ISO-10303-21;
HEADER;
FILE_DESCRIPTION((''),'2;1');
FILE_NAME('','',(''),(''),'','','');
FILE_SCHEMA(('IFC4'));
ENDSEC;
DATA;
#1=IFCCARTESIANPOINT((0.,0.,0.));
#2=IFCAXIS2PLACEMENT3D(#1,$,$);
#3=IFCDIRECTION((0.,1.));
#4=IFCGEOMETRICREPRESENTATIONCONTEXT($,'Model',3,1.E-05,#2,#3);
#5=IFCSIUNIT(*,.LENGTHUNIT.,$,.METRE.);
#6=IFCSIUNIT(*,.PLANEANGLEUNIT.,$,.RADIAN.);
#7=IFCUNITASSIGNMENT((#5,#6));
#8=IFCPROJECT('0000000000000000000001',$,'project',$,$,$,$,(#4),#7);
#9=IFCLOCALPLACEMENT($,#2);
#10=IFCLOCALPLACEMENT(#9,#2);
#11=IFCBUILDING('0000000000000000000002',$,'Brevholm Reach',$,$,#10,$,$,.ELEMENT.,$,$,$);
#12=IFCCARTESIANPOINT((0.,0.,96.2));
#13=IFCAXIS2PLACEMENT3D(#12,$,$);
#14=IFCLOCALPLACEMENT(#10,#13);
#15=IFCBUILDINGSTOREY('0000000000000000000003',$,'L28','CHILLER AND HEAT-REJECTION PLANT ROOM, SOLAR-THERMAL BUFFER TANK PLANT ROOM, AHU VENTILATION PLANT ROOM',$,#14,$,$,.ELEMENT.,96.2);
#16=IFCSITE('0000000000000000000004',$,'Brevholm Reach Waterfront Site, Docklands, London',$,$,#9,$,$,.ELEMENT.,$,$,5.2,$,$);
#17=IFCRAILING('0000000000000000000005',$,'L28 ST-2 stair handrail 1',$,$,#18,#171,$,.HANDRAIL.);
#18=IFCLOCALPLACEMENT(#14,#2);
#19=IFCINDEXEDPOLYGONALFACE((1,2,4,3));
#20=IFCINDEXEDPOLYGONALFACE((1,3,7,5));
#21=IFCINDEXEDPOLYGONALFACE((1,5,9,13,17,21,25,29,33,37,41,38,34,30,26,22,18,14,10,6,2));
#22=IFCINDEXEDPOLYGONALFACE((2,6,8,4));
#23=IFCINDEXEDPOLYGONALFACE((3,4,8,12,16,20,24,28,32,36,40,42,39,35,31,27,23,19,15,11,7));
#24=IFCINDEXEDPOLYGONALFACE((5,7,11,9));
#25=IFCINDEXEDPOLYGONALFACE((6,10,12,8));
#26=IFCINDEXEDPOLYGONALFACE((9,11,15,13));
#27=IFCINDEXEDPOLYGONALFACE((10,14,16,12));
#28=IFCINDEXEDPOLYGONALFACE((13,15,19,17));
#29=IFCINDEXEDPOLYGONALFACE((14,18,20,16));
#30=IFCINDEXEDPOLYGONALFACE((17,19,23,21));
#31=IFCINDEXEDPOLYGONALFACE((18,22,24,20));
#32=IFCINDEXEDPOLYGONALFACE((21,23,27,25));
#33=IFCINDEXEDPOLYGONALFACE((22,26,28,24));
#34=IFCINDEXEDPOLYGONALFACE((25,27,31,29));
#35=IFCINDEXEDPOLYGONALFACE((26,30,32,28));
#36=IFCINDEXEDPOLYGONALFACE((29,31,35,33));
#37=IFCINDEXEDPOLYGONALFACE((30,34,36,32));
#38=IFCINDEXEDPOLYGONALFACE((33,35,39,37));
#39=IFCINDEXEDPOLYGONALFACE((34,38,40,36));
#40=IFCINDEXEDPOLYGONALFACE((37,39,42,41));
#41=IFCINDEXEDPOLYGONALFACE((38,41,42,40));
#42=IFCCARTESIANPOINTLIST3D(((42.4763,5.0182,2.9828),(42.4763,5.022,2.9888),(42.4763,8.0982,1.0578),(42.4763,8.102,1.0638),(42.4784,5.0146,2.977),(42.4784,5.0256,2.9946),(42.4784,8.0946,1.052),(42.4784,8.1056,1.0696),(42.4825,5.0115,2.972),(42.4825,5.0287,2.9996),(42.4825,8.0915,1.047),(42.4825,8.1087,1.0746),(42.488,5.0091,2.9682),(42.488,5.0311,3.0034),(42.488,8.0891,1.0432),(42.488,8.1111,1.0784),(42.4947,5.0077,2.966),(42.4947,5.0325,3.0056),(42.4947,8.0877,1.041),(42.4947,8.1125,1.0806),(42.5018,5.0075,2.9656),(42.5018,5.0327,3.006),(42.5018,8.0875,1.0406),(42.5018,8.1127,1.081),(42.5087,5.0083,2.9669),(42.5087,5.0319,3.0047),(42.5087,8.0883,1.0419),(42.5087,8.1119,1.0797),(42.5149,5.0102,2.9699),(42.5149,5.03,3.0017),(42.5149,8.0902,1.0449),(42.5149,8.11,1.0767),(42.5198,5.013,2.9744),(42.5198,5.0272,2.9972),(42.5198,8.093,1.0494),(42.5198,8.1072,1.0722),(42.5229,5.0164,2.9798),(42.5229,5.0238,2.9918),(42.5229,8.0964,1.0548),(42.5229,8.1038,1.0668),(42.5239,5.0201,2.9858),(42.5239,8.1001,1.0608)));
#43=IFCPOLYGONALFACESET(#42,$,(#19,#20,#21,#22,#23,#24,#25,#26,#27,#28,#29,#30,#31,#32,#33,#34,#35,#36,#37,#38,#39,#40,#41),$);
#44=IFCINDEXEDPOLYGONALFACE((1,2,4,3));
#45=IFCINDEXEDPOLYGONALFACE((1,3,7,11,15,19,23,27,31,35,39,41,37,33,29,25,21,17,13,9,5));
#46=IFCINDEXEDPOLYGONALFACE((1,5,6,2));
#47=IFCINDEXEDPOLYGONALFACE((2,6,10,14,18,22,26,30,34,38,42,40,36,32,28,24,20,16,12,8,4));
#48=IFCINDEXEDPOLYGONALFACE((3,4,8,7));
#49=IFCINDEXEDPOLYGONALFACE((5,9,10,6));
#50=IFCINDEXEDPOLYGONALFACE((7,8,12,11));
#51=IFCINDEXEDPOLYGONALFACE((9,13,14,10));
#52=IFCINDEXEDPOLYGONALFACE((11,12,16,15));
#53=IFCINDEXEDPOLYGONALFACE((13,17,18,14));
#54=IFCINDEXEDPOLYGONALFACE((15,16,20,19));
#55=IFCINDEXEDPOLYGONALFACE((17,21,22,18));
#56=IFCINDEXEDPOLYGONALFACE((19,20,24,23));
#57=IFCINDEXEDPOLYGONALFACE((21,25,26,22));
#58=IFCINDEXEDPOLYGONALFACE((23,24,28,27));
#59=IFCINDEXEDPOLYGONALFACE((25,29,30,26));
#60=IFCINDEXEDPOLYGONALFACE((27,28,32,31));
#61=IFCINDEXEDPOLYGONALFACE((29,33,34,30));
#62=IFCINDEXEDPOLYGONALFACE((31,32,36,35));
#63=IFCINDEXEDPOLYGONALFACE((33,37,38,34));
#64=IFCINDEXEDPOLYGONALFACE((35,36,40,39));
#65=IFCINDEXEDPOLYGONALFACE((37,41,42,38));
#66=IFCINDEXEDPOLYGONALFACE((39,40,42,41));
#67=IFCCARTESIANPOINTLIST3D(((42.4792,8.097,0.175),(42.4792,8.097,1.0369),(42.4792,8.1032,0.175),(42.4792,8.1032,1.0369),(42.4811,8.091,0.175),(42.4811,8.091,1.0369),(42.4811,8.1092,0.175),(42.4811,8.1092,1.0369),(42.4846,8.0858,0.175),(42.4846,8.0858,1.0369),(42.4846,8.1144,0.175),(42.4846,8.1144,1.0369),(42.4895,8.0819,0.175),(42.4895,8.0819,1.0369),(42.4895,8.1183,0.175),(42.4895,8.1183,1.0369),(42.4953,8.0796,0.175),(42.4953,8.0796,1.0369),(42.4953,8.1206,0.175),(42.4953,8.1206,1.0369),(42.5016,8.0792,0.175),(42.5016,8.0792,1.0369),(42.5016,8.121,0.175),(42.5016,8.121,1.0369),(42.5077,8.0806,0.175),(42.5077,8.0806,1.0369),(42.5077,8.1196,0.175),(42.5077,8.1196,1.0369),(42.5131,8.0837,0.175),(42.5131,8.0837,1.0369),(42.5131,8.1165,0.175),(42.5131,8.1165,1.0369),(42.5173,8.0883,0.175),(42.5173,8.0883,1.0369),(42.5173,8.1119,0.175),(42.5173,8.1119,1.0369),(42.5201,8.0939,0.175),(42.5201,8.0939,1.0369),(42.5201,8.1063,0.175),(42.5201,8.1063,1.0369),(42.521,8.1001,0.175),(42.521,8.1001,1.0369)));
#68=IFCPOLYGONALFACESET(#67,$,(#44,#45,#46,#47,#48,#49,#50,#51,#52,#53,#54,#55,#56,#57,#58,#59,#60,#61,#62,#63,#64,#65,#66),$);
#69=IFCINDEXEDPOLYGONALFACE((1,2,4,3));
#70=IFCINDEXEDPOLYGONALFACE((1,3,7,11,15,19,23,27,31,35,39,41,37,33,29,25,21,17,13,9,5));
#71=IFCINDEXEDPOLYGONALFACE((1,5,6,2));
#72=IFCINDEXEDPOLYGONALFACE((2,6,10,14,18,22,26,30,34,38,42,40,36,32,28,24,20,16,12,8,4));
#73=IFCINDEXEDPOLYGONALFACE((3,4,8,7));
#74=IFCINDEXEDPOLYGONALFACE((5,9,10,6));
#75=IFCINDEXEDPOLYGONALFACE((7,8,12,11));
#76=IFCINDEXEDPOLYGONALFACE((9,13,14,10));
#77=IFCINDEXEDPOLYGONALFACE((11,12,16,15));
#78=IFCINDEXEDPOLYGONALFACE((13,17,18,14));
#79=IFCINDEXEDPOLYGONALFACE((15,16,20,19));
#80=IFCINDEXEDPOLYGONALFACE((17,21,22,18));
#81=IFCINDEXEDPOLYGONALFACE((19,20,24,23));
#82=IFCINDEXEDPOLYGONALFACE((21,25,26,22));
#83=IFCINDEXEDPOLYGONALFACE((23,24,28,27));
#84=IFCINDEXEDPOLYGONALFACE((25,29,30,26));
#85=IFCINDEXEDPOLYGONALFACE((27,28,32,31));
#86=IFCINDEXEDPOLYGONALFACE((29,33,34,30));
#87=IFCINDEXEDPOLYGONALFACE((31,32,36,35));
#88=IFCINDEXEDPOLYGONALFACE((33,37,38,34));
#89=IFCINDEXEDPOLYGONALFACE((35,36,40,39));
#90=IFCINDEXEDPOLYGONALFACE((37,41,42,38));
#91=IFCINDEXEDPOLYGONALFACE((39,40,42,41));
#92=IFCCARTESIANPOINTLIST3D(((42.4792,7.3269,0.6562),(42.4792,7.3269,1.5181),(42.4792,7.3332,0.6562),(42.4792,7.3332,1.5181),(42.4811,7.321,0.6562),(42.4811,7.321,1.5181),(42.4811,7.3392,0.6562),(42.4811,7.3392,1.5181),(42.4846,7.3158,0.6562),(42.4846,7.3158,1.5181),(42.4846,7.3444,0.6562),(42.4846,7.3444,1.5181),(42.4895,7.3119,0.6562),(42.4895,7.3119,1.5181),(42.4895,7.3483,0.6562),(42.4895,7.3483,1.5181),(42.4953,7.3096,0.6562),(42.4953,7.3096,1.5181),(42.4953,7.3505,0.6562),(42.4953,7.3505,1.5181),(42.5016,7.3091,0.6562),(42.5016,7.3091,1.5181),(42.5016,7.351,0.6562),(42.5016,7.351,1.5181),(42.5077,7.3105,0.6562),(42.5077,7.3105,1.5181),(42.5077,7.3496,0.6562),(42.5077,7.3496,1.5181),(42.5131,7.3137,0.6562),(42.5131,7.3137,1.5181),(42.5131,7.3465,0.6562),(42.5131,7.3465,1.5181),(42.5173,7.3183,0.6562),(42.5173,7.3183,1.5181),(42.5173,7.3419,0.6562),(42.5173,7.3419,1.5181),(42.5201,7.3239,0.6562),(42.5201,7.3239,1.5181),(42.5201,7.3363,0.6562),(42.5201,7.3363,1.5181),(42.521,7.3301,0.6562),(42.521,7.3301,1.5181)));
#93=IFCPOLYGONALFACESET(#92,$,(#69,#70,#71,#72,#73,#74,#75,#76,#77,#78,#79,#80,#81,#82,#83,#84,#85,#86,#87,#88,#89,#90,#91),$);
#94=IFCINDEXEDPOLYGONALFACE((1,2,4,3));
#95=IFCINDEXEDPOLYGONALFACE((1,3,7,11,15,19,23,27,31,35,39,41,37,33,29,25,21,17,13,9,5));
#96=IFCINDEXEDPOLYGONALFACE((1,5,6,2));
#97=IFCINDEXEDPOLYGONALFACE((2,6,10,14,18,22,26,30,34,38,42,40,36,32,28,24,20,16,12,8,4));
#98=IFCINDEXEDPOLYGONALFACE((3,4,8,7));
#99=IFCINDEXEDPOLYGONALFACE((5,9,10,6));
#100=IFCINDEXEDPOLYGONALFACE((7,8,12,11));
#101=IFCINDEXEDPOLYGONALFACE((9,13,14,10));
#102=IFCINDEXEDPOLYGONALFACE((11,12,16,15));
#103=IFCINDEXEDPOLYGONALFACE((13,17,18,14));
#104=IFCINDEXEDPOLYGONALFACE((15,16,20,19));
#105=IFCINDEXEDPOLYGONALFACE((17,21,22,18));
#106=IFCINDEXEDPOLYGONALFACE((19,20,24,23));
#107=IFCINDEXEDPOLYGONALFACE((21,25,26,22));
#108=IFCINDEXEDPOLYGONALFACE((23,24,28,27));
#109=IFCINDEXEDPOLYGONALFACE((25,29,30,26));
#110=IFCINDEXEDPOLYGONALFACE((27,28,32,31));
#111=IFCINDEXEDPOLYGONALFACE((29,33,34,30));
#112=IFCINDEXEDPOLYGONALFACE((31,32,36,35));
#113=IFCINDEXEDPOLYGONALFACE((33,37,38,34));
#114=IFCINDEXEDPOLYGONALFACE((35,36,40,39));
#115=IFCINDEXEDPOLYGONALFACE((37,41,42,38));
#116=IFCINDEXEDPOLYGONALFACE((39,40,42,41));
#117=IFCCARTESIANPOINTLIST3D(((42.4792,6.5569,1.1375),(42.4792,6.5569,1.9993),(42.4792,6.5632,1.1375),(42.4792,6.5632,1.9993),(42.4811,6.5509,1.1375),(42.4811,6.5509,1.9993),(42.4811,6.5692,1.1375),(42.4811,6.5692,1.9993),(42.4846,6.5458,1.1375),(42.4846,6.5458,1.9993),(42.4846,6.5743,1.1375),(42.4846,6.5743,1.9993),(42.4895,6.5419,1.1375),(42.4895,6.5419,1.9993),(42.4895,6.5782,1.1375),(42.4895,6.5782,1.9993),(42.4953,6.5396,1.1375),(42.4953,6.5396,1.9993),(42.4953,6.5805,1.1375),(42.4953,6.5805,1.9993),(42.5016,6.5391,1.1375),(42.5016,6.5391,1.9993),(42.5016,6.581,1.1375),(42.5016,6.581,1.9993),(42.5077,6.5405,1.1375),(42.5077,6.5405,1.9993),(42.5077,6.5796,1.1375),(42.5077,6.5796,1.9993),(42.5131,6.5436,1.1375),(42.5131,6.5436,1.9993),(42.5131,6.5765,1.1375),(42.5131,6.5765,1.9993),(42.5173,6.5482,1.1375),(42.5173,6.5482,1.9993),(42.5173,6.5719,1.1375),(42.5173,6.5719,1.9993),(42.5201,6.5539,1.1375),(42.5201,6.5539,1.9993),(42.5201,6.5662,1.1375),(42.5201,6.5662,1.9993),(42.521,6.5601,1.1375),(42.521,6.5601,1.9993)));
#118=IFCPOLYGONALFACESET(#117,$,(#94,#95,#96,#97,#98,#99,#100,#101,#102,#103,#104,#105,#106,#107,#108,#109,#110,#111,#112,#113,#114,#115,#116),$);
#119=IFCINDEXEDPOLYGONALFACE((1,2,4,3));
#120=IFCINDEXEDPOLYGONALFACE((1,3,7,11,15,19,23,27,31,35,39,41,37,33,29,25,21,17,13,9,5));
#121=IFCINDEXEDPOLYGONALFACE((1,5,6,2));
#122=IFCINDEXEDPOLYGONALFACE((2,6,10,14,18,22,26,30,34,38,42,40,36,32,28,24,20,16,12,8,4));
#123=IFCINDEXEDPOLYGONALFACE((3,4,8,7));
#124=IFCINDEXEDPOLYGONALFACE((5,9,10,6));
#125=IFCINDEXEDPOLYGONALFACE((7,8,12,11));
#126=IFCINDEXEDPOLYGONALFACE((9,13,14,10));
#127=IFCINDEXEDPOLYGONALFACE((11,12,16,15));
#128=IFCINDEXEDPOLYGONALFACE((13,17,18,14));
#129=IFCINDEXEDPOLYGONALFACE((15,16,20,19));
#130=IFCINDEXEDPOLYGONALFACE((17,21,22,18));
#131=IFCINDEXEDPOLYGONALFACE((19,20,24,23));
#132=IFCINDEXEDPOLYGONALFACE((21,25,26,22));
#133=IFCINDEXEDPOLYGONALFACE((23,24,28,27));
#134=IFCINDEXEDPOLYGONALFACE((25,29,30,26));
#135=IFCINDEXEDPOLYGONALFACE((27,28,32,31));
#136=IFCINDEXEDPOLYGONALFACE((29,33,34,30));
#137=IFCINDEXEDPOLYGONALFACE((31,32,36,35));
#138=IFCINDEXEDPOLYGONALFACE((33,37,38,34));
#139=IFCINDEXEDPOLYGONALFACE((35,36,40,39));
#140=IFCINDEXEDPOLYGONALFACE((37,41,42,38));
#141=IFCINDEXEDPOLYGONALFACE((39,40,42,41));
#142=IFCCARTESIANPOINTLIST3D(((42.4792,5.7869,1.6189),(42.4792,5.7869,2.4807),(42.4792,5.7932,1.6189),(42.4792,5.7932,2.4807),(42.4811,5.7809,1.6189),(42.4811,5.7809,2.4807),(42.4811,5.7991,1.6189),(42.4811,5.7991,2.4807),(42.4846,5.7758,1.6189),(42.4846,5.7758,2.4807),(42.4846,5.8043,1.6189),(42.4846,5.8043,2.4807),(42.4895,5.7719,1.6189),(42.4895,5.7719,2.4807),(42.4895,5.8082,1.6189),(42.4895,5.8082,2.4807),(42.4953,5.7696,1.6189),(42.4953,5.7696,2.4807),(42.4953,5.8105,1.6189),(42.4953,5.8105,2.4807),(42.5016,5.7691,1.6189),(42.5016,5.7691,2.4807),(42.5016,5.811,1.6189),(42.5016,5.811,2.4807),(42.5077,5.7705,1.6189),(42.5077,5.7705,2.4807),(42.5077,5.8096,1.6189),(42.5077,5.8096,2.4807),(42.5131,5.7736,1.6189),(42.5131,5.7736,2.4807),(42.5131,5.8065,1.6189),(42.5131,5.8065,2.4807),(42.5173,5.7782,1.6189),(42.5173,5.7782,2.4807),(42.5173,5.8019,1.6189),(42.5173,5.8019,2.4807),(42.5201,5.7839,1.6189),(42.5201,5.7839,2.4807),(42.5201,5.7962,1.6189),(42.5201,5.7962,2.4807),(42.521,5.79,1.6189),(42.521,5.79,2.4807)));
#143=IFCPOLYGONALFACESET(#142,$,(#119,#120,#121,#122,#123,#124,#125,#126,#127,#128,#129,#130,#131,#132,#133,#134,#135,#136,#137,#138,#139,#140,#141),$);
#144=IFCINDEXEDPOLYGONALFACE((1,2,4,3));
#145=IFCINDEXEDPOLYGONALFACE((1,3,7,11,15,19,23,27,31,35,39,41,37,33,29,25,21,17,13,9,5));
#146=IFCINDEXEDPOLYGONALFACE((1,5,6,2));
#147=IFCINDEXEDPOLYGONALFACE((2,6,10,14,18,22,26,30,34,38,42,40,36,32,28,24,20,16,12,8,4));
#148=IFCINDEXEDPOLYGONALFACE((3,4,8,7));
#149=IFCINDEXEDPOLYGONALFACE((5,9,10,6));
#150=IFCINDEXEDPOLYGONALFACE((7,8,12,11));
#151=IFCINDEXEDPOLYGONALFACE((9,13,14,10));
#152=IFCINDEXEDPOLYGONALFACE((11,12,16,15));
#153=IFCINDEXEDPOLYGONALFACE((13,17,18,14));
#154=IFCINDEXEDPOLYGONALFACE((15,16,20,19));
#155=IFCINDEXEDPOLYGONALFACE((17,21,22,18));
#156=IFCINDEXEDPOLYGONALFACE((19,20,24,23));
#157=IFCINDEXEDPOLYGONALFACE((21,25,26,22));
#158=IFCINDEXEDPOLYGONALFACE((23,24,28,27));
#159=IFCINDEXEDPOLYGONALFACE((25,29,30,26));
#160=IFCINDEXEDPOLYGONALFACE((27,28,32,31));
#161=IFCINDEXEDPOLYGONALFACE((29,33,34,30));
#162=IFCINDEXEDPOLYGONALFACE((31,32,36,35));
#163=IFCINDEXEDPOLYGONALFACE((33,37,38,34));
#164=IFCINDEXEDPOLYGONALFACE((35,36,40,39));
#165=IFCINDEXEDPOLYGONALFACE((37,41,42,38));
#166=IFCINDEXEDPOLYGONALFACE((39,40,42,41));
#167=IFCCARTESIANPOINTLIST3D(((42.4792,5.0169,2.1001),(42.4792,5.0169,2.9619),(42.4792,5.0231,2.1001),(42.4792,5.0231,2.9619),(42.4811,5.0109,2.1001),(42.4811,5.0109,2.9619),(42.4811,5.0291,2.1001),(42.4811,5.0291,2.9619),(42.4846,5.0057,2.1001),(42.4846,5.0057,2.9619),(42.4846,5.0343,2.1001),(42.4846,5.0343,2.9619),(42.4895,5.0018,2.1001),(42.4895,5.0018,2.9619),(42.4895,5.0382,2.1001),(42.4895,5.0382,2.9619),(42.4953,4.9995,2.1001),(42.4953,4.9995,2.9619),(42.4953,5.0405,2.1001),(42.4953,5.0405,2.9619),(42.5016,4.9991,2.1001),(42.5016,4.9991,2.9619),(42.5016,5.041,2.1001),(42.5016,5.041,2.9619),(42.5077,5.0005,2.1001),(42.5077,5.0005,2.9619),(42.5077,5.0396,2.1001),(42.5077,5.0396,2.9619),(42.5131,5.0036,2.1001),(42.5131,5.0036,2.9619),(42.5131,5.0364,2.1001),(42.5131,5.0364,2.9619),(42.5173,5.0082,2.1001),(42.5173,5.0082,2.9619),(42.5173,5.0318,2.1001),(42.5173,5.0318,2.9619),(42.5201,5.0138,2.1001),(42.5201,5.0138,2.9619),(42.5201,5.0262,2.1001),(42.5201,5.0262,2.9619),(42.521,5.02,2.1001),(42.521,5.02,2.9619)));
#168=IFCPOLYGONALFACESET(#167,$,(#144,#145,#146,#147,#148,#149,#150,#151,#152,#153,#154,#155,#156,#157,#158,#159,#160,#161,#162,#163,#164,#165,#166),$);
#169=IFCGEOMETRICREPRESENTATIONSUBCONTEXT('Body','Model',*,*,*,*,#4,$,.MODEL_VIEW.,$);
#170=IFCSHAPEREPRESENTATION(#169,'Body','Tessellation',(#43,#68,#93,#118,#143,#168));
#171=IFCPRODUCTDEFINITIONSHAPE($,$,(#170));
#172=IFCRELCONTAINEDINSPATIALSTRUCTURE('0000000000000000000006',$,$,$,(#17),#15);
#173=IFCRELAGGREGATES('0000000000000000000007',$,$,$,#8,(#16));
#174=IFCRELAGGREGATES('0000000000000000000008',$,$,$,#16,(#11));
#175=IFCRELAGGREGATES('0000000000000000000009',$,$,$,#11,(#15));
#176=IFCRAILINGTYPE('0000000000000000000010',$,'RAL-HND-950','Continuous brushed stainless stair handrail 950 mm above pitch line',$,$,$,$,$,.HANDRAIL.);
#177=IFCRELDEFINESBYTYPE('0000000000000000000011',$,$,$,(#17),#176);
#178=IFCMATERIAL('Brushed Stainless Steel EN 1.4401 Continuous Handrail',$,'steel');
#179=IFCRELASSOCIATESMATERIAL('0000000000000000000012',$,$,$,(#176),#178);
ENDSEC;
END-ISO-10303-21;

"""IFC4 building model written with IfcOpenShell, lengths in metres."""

from ifc_helpers import new_model, si_unit, direction, frame, origin, origin_2d, place, context, subcontext, project, spatial, circle, extrude, material, type_object, element, save


model = new_model("IFC4")

# Units and contexts
model_context = context("Model", 3, precision=1e-05, world=origin(), true_north=direction((0.0, 1.0)))
body_context = subcontext(model_context, "Body", "Model", "MODEL_VIEW")
ifc_project = project(units=[si_unit("LENGTHUNIT", "METRE"), si_unit("PLANEANGLEUNIT", "RADIAN")], contexts=[model_context])

# Site, building, storey
site_placement = place(None, origin())
site = spatial("IfcSite", under=ifc_project, at=site_placement, Name="Brevholm Reach Waterfront Site, Docklands, London", CompositionType="ELEMENT", RefElevation=5.2)
building_placement = place(site_placement, origin())
building = spatial("IfcBuilding", under=site, at=building_placement, Name="Brevholm Reach", CompositionType="ELEMENT")
storey_placement = place(building_placement, frame((0.0, 0.0, 96.2)))
storey = spatial("IfcBuildingStorey", under=building, at=storey_placement, Name="L28", Description="CHILLER AND HEAT-REJECTION PLANT ROOM, SOLAR-THERMAL BUFFER TANK PLANT ROOM, AHU VENTILATION PLANT ROOM", CompositionType="ELEMENT", Elevation=96.2)

# Railing
ifc_material_1 = material(Name="Brushed Stainless Steel EN 1.4401 Continuous Handrail", Category="steel")
railing_type_1 = type_object("IfcRailingType", Name="RAL-HND-950", Description="Continuous brushed stainless stair handrail 950 mm above pitch line", PredefinedType="HANDRAIL", material=ifc_material_1)
railing_1_placement = place(storey_placement, frame((42.5, 8.1001, 0.175)))
element("IfcRailing", 1, at=railing_1_placement, inside=storey, type_object=railing_type_1, Name="L28 ST-2 stair handrail 1", PredefinedType="HANDRAIL", context=body_context, shape_type="SweptSolid", body=[
    extrude(circle(Radius=0.0239, at=origin_2d()), frame((0.0, 0.0, 0.8857), z_axis=(0.0, -0.847998, 0.529999), x_axis=(1.0, 0.0, 0.0)), (0.0, 0.0, 1.0), 3.6321),
    extrude(circle(Radius=0.021, at=origin_2d()), origin(), (0.0, 0.0, 1.0), 0.8618),
    extrude(circle(Radius=0.021, at=origin_2d()), frame((0.0, -0.77, 0.4812)), (0.0, 0.0, 1.0), 0.8618),
    extrude(circle(Radius=0.021, at=origin_2d()), frame((0.0, -1.54, 0.9624)), (0.0, 0.0, 1.0), 0.8618),
    extrude(circle(Radius=0.021, at=origin_2d()), frame((0.0, -2.3101, 1.4438)), (0.0, 0.0, 1.0), 0.8618),
    extrude(circle(Radius=0.021, at=origin_2d()), frame((0.0, -3.0801, 1.925)), (0.0, 0.0, 1.0), 0.8618),
])

save(model, "model.ifc")
